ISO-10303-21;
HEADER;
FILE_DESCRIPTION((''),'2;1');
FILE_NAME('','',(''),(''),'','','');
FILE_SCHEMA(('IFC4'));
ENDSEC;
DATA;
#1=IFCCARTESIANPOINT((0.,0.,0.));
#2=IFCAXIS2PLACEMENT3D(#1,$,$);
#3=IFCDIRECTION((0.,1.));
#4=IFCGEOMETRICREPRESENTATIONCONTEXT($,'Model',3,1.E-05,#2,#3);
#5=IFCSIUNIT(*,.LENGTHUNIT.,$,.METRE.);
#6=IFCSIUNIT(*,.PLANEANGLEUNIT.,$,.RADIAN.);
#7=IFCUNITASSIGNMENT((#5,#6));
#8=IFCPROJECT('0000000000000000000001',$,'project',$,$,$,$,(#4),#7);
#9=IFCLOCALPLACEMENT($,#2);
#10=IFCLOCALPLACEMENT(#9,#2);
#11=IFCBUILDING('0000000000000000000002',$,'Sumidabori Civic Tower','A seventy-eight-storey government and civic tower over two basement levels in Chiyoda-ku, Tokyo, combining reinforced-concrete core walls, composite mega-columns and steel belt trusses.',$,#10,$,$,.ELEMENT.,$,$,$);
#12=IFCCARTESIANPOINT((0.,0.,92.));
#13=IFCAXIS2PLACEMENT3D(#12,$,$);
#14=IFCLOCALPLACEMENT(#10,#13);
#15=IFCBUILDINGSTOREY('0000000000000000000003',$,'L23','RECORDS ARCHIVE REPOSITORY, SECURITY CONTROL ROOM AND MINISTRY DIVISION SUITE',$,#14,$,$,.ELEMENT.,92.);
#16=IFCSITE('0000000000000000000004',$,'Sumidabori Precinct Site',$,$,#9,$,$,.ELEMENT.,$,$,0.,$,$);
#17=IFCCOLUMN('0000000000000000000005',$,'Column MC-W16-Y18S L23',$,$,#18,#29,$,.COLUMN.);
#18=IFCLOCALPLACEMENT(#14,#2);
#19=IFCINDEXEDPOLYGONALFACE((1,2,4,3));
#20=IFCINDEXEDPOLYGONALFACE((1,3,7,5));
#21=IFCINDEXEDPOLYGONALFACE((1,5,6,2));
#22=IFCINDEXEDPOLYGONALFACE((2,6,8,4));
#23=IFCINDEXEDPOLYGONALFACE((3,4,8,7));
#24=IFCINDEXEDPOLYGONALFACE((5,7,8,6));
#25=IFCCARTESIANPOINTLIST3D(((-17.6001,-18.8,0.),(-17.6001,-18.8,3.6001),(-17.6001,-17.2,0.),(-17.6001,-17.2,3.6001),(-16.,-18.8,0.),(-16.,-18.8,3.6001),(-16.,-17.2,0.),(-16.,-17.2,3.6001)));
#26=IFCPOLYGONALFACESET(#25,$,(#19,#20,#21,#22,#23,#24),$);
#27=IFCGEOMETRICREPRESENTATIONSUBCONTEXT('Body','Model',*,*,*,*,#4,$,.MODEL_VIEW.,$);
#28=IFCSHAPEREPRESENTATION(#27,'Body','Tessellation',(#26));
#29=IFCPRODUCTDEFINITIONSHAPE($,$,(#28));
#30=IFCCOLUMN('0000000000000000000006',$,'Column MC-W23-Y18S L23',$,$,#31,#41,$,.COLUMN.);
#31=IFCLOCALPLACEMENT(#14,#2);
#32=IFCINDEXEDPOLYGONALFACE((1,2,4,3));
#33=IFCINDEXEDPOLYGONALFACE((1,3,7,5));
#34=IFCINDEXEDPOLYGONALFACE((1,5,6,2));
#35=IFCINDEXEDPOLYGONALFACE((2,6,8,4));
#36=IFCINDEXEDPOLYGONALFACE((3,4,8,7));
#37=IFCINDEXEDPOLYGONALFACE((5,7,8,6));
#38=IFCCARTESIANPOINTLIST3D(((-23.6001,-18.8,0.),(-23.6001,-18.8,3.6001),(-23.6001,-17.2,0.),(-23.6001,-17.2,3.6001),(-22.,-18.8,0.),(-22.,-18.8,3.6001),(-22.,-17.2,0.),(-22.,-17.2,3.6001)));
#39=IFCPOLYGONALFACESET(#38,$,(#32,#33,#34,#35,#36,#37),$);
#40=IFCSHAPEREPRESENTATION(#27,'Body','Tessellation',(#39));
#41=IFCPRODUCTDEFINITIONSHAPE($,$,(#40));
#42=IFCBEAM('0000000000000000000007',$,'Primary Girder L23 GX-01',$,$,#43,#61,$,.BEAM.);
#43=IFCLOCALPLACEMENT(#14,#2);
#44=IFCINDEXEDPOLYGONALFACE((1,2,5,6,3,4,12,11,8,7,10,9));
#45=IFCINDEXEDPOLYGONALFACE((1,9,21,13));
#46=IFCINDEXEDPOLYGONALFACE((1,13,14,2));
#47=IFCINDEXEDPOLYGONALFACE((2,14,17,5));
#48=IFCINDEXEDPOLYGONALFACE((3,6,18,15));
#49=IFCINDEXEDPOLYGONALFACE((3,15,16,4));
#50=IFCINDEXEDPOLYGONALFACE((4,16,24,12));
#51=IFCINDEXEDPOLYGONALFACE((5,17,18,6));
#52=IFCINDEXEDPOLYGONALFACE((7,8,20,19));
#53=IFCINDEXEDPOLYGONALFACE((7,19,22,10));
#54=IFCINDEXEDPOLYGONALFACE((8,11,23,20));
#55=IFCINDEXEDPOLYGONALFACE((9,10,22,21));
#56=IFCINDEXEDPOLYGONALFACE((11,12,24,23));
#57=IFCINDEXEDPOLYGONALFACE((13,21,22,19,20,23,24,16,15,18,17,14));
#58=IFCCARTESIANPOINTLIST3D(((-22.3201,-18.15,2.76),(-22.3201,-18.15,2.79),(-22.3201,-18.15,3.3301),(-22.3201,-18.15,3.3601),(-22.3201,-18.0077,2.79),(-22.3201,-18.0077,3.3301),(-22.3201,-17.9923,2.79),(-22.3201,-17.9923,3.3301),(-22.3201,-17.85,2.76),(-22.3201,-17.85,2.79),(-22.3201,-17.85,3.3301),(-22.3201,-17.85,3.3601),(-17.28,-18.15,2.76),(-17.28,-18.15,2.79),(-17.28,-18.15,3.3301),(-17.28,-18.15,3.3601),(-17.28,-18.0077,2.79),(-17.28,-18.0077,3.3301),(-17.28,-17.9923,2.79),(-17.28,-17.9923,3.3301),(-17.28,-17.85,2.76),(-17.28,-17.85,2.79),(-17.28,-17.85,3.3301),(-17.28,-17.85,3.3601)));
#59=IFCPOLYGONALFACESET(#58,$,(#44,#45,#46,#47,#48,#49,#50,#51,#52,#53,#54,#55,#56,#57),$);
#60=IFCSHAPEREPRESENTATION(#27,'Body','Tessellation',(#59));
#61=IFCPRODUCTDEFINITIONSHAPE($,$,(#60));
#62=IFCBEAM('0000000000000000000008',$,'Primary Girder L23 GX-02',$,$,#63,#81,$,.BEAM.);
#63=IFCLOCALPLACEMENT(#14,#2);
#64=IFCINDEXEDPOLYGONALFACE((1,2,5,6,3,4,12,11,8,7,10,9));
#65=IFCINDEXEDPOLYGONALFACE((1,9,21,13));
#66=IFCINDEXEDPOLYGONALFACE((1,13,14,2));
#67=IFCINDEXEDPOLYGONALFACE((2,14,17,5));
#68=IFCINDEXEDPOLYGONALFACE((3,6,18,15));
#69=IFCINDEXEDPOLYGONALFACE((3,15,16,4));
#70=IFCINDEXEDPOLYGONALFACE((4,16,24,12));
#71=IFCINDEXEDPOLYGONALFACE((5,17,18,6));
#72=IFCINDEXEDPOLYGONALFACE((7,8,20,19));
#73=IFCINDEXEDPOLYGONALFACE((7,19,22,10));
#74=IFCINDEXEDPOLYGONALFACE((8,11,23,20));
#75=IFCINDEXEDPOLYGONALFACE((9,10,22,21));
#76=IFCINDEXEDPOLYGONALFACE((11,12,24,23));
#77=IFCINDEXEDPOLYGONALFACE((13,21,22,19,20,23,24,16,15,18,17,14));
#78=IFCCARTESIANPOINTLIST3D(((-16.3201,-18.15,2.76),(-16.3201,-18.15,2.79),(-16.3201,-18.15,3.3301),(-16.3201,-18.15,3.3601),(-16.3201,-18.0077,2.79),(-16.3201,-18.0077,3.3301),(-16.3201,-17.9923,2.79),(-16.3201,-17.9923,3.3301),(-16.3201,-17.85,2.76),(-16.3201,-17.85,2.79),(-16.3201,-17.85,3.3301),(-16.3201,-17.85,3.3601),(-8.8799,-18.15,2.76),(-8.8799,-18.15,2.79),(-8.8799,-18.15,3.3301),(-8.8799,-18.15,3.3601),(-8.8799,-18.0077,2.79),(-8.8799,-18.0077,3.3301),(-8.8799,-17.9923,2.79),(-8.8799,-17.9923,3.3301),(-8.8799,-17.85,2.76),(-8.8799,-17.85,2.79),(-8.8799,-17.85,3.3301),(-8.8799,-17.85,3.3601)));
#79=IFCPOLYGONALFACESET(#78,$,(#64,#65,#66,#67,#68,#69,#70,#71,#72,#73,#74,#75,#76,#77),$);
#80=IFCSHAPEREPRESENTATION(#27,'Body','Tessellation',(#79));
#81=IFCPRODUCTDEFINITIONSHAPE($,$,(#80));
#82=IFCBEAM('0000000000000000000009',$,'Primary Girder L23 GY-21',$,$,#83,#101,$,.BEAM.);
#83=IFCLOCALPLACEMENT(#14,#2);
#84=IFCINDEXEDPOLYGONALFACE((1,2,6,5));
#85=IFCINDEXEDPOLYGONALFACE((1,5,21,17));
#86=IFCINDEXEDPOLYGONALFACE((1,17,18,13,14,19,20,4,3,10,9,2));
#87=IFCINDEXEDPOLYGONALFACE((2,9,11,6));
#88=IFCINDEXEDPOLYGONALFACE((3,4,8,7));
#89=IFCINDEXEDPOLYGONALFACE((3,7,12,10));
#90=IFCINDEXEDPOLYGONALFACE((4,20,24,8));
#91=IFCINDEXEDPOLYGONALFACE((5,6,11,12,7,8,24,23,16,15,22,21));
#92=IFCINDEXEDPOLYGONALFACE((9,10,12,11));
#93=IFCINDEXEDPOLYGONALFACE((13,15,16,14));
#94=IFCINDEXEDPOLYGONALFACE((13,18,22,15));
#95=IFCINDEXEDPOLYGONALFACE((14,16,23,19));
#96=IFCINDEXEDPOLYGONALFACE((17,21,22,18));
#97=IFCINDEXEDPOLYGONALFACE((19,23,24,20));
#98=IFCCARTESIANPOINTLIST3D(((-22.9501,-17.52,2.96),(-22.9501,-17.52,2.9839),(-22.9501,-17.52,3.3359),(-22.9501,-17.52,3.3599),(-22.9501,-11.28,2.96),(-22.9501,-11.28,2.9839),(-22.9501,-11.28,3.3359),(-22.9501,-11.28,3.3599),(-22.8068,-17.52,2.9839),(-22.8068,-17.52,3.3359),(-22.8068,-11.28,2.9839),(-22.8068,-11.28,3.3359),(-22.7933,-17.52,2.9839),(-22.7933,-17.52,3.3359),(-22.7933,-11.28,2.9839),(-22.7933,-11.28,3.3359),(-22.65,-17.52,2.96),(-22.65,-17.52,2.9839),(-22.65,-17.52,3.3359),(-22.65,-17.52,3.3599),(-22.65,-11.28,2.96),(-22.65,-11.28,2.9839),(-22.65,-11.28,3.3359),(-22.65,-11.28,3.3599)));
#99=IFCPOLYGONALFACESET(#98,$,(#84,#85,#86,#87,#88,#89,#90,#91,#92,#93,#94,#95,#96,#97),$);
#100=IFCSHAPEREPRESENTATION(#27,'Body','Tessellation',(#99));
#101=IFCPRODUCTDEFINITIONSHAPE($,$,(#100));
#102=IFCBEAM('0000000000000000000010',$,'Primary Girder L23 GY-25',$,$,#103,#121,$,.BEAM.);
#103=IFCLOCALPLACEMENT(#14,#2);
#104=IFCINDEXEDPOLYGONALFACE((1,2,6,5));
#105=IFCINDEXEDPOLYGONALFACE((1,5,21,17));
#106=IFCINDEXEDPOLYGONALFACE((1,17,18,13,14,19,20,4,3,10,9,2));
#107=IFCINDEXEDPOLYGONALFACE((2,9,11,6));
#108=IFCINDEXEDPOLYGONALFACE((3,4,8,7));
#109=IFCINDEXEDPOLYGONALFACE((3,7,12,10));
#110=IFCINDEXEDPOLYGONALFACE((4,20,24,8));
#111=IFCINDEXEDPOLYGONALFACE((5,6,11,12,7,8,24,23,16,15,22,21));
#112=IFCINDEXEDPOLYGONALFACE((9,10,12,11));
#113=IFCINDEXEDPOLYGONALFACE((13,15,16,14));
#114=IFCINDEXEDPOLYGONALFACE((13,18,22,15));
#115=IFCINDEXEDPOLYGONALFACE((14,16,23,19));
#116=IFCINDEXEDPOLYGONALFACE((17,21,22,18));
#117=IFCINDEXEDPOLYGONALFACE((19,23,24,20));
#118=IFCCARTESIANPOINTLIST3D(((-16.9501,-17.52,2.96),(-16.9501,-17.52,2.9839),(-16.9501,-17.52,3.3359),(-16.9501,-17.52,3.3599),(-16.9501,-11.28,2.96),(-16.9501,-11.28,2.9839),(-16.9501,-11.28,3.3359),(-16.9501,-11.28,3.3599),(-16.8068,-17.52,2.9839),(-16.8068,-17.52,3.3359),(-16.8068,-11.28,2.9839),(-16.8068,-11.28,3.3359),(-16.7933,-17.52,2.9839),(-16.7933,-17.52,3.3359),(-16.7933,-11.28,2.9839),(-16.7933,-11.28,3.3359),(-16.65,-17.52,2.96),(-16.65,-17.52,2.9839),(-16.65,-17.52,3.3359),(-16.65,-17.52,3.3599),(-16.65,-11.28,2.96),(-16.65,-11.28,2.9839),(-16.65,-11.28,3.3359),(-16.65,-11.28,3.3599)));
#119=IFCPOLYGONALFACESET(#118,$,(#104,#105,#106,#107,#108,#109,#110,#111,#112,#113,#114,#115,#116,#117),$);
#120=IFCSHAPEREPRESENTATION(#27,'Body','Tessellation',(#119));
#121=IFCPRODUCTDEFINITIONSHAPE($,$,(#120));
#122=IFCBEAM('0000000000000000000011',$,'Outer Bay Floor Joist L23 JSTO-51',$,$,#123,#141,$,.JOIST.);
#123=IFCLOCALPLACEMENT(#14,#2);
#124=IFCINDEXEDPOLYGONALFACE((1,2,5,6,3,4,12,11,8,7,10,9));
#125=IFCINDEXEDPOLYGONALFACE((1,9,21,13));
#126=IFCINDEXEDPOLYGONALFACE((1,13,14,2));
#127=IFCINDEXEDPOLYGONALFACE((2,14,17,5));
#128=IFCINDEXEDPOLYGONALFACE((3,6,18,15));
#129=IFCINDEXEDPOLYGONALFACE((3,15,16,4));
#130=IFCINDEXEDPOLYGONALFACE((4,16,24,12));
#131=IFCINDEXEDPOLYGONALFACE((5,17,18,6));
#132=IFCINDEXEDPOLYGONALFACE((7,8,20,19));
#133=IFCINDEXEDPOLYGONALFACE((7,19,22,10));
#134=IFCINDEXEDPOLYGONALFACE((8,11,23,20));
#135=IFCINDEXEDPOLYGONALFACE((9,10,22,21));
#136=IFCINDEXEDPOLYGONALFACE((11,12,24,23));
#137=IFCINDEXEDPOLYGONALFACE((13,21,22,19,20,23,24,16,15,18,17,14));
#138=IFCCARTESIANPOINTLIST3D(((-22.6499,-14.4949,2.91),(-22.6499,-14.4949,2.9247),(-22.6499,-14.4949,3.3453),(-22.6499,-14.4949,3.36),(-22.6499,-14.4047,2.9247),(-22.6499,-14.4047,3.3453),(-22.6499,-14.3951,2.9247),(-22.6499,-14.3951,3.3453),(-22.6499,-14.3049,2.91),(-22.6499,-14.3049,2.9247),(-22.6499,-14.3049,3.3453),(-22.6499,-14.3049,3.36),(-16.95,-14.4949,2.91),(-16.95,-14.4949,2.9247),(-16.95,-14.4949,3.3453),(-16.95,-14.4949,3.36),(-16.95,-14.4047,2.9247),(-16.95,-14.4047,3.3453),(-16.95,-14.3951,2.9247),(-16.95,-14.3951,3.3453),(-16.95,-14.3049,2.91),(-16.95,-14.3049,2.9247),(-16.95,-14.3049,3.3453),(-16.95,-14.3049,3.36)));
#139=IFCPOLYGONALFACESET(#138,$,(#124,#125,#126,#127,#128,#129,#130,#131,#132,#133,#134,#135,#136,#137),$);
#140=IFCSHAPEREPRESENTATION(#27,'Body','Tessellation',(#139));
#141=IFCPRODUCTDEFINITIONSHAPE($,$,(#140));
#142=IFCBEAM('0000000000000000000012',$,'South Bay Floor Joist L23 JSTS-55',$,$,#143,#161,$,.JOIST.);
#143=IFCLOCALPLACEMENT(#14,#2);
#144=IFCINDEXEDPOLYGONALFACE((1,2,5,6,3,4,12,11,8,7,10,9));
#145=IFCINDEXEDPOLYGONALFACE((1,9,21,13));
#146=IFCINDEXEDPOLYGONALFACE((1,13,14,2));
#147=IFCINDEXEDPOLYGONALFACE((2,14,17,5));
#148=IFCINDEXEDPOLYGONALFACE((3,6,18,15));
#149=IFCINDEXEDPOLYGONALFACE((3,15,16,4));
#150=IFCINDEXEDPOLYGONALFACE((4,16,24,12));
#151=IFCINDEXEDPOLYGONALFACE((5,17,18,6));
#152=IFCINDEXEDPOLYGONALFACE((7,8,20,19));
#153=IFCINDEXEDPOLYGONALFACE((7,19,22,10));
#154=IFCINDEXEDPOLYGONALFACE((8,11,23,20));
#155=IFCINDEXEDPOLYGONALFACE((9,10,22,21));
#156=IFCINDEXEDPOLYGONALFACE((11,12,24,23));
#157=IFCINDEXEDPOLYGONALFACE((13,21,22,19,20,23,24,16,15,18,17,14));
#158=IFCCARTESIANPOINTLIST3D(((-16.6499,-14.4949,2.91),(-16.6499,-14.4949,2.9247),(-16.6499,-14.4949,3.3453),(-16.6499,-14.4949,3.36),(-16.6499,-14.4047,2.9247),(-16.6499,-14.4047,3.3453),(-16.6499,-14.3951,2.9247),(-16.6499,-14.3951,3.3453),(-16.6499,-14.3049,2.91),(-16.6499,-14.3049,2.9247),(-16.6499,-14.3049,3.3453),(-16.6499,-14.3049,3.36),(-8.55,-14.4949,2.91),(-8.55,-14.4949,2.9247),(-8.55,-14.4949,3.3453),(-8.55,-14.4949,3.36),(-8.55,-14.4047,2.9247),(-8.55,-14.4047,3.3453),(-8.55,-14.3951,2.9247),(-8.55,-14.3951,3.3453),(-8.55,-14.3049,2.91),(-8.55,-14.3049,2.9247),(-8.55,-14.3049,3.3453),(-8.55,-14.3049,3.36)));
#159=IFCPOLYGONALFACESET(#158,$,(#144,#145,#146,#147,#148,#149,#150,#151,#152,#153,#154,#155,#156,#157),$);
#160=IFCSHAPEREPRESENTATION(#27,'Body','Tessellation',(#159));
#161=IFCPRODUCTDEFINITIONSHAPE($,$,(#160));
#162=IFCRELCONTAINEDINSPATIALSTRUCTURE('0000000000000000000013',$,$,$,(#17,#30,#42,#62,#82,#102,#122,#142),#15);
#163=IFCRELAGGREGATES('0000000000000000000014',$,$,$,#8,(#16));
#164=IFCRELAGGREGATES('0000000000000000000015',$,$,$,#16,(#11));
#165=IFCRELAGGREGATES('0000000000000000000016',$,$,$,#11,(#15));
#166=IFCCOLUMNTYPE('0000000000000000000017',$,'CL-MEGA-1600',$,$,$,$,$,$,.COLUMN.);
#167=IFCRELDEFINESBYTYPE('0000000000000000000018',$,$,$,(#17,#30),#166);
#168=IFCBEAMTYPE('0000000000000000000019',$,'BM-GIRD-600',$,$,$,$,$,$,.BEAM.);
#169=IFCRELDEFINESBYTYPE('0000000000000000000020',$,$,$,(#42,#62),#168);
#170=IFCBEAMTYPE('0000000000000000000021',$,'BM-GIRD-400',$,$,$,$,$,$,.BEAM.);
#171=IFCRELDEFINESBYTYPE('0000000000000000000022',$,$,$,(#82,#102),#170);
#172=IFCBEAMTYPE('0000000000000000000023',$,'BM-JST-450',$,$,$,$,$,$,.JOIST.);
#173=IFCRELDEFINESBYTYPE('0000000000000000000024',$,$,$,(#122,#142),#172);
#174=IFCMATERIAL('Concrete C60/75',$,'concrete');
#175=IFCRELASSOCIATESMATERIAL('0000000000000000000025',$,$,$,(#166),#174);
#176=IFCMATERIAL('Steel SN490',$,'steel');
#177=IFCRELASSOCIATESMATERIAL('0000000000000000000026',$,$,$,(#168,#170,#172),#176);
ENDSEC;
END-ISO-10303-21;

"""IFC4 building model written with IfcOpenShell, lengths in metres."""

from ifc_helpers import new_model, si_unit, direction, frame, origin, origin_2d, place, context, subcontext, project, spatial, rectangle, i_section, extrude, source, transform, mapped, material, material_profile, profile_set, type_object, element, save


model = new_model("IFC4")

# Units and contexts
model_context = context("Model", 3, precision=1e-05, world=origin(), true_north=direction((0.0, 1.0)))
body_context = subcontext(model_context, "Body", "Model", "MODEL_VIEW")
ifc_project = project(units=[si_unit("LENGTHUNIT", "METRE"), si_unit("PLANEANGLEUNIT", "RADIAN")], contexts=[model_context])

# Site, building, storey
site_placement = place(None, origin())
site = spatial("IfcSite", under=ifc_project, at=site_placement, Name="Sumidabori Precinct Site", CompositionType="ELEMENT", RefElevation=0.0)
building_placement = place(site_placement, origin())
building = spatial("IfcBuilding", under=site, at=building_placement, Name="Sumidabori Civic Tower", Description="A seventy-eight-storey government and civic tower over two basement levels in Chiyoda-ku, Tokyo, combining reinforced-concrete core walls, composite mega-columns and steel belt trusses.", CompositionType="ELEMENT")
storey_placement = place(building_placement, frame((0.0, 0.0, 92.0)))
storey = spatial("IfcBuildingStorey", under=building, at=storey_placement, Name="L23", Description="RECORDS ARCHIVE REPOSITORY, SECURITY CONTROL ROOM AND MINISTRY DIVISION SUITE", CompositionType="ELEMENT", Elevation=92.0)

# Columns
ifc_material_1 = material(Name="Concrete C60/75", Category="concrete")
ifc_material_profile_1 = material_profile(ifc_material_1, rectangle(XDim=1.6001, YDim=1.6001, at=origin_2d()), Name="RC 1600x1600")
ifc_profile_set_1 = profile_set([ifc_material_profile_1], Name="Concrete C60/75")
column_type = type_object("IfcColumnType", Name="CL-MEGA-1600", PredefinedType="COLUMN", material=ifc_profile_set_1)
shared_shape_1 = source(origin(), body_context, "Body", "SweptSolid", [
    extrude(rectangle(XDim=1.6001, YDim=1.6001, at=origin_2d()), origin(), (0.0, 0.0, 1.0), 3.6001),
])
for number, where, z_axis, x_axis, name in (
    (1, (-16.8, -18.0, 0.0), (0.0, 0.0, 1.0), (1.0, 0.0, 0.0), "Column MC-W16-Y18S L23"),
    (2, (-22.8, -18.0, 0.0), (0.0, 0.0, 1.0), (1.0, 0.0, 0.0), "Column MC-W23-Y18S L23"),
):
    element("IfcColumn", number, at=place(storey_placement, frame(where, z_axis=z_axis, x_axis=x_axis)), inside=storey, type_object=column_type, Name=name, PredefinedType="COLUMN", context=body_context, shape_type="MappedRepresentation", body=[
        mapped(shared_shape_1, transform((0.0, 0.0, 0.0), x_axis=(1.0, 0.0, 0.0), y_axis=(0.0, 1.0, 0.0), z_axis=(0.0, 0.0, 1.0), scale=1.0)),
    ])

# Beams
ifc_material_2 = material(Name="Steel SN490", Category="steel")
ifc_material_profile_2 = material_profile(ifc_material_2, i_section(OverallWidth=0.3, OverallDepth=0.6001, WebThickness=0.0154, FlangeThickness=0.03, at=origin_2d()), Name="HE 600 B")
ifc_profile_set_2 = profile_set([ifc_material_profile_2], Name="Steel SN490")
beam_type_1 = type_object("IfcBeamType", Name="BM-GIRD-600", PredefinedType="BEAM", material=ifc_profile_set_2)
shared_shape_2 = source(origin(), body_context, "Body", "SweptSolid", [
    extrude(i_section(OverallWidth=0.3, OverallDepth=0.6001, WebThickness=0.0154, FlangeThickness=0.03, at=origin_2d()), origin(), (0.0, 0.0, 1.0), 5.04),
])
beam_1_placement = place(storey_placement, frame((-22.3201, -18.0, 3.0601), z_axis=(1.0, 0.0, 0.0), x_axis=(0.0, 1.0, 0.0)))
element("IfcBeam", 3, at=beam_1_placement, inside=storey, type_object=beam_type_1, Name="Primary Girder L23 GX-01", PredefinedType="BEAM", context=body_context, shape_type="MappedRepresentation", body=[
    mapped(shared_shape_2, transform((0.0, 0.0, 0.0), x_axis=(1.0, 0.0, 0.0), y_axis=(0.0, 1.0, 0.0), z_axis=(0.0, 0.0, 1.0), scale=1.0)),
])
shared_shape_3 = source(origin(), body_context, "Body", "SweptSolid", [
    extrude(i_section(OverallWidth=0.3, OverallDepth=0.6001, WebThickness=0.0154, FlangeThickness=0.03, at=origin_2d()), origin(), (0.0, 0.0, 1.0), 7.4402),
])
beam_2_placement = place(storey_placement, frame((-16.3201, -18.0, 3.0601), z_axis=(1.0, 0.0, 0.0), x_axis=(0.0, 1.0, 0.0)))
element("IfcBeam", 4, at=beam_2_placement, inside=storey, type_object=beam_type_1, Name="Primary Girder L23 GX-02", PredefinedType="BEAM", context=body_context, shape_type="MappedRepresentation", body=[
    mapped(shared_shape_3, transform((0.0, 0.0, 0.0), x_axis=(1.0, 0.0, 0.0), y_axis=(0.0, 1.0, 0.0), z_axis=(0.0, 0.0, 1.0), scale=1.0)),
])
ifc_material_profile_3 = material_profile(ifc_material_2, i_section(OverallWidth=0.3, OverallDepth=0.3999, WebThickness=0.0134, FlangeThickness=0.0239, at=origin_2d()), Name="HE 400 B")
ifc_profile_set_3 = profile_set([ifc_material_profile_3], Name="Steel SN490")
beam_type_2 = type_object("IfcBeamType", Name="BM-GIRD-400", PredefinedType="BEAM", material=ifc_profile_set_3)
shared_shape_4 = source(origin(), body_context, "Body", "SweptSolid", [
    extrude(i_section(OverallWidth=0.3, OverallDepth=0.3999, WebThickness=0.0134, FlangeThickness=0.0239, at=origin_2d()), origin(), (0.0, 0.0, 1.0), 6.24),
])
for number, where, z_axis, x_axis, name in (
    (5, (-22.8, -17.52, 3.1599), (0.0, 1.0, 0.0), (-1.0, 0.0, 0.0), "Primary Girder L23 GY-21"),
    (6, (-16.8, -17.52, 3.1599), (0.0, 1.0, 0.0), (-1.0, 0.0, 0.0), "Primary Girder L23 GY-25"),
):
    element("IfcBeam", number, at=place(storey_placement, frame(where, z_axis=z_axis, x_axis=x_axis)), inside=storey, type_object=beam_type_2, Name=name, PredefinedType="BEAM", context=body_context, shape_type="MappedRepresentation", body=[
        mapped(shared_shape_4, transform((0.0, 0.0, 0.0), x_axis=(1.0, 0.0, 0.0), y_axis=(0.0, 1.0, 0.0), z_axis=(0.0, 0.0, 1.0), scale=1.0)),
    ])
ifc_material_profile_4 = material_profile(ifc_material_2, i_section(OverallWidth=0.1899, OverallDepth=0.45, WebThickness=0.0095, FlangeThickness=0.0146, at=origin_2d()), Name="IPE 450")
ifc_profile_set_4 = profile_set([ifc_material_profile_4], Name="Steel SN490")
beam_type_3 = type_object("IfcBeamType", Name="BM-JST-450", PredefinedType="JOIST", material=ifc_profile_set_4)
shared_shape_5 = source(origin(), body_context, "Body", "SweptSolid", [
    extrude(i_section(OverallWidth=0.1899, OverallDepth=0.45, WebThickness=0.0095, FlangeThickness=0.0146, at=origin_2d()), origin(), (0.0, 0.0, 1.0), 5.7),
])
beam_3_placement = place(storey_placement, frame((-22.6499, -14.3999, 3.135), z_axis=(1.0, 0.0, 0.0), x_axis=(0.0, 1.0, 0.0)))
element("IfcBeam", 7, at=beam_3_placement, inside=storey, type_object=beam_type_3, Name="Outer Bay Floor Joist L23 JSTO-51", PredefinedType="JOIST", context=body_context, shape_type="MappedRepresentation", body=[
    mapped(shared_shape_5, transform((0.0, 0.0, 0.0), x_axis=(1.0, 0.0, 0.0), y_axis=(0.0, 1.0, 0.0), z_axis=(0.0, 0.0, 1.0), scale=1.0)),
])
shared_shape_6 = source(origin(), body_context, "Body", "SweptSolid", [
    extrude(i_section(OverallWidth=0.1899, OverallDepth=0.45, WebThickness=0.0095, FlangeThickness=0.0146, at=origin_2d()), origin(), (0.0, 0.0, 1.0), 8.0999),
])
beam_4_placement = place(storey_placement, frame((-16.6499, -14.3999, 3.135), z_axis=(1.0, 0.0, 0.0), x_axis=(0.0, 1.0, 0.0)))
element("IfcBeam", 8, at=beam_4_placement, inside=storey, type_object=beam_type_3, Name="South Bay Floor Joist L23 JSTS-55", PredefinedType="JOIST", context=body_context, shape_type="MappedRepresentation", body=[
    mapped(shared_shape_6, transform((0.0, 0.0, 0.0), x_axis=(1.0, 0.0, 0.0), y_axis=(0.0, 1.0, 0.0), z_axis=(0.0, 0.0, 1.0), scale=1.0)),
])

save(model, "model.ifc")
